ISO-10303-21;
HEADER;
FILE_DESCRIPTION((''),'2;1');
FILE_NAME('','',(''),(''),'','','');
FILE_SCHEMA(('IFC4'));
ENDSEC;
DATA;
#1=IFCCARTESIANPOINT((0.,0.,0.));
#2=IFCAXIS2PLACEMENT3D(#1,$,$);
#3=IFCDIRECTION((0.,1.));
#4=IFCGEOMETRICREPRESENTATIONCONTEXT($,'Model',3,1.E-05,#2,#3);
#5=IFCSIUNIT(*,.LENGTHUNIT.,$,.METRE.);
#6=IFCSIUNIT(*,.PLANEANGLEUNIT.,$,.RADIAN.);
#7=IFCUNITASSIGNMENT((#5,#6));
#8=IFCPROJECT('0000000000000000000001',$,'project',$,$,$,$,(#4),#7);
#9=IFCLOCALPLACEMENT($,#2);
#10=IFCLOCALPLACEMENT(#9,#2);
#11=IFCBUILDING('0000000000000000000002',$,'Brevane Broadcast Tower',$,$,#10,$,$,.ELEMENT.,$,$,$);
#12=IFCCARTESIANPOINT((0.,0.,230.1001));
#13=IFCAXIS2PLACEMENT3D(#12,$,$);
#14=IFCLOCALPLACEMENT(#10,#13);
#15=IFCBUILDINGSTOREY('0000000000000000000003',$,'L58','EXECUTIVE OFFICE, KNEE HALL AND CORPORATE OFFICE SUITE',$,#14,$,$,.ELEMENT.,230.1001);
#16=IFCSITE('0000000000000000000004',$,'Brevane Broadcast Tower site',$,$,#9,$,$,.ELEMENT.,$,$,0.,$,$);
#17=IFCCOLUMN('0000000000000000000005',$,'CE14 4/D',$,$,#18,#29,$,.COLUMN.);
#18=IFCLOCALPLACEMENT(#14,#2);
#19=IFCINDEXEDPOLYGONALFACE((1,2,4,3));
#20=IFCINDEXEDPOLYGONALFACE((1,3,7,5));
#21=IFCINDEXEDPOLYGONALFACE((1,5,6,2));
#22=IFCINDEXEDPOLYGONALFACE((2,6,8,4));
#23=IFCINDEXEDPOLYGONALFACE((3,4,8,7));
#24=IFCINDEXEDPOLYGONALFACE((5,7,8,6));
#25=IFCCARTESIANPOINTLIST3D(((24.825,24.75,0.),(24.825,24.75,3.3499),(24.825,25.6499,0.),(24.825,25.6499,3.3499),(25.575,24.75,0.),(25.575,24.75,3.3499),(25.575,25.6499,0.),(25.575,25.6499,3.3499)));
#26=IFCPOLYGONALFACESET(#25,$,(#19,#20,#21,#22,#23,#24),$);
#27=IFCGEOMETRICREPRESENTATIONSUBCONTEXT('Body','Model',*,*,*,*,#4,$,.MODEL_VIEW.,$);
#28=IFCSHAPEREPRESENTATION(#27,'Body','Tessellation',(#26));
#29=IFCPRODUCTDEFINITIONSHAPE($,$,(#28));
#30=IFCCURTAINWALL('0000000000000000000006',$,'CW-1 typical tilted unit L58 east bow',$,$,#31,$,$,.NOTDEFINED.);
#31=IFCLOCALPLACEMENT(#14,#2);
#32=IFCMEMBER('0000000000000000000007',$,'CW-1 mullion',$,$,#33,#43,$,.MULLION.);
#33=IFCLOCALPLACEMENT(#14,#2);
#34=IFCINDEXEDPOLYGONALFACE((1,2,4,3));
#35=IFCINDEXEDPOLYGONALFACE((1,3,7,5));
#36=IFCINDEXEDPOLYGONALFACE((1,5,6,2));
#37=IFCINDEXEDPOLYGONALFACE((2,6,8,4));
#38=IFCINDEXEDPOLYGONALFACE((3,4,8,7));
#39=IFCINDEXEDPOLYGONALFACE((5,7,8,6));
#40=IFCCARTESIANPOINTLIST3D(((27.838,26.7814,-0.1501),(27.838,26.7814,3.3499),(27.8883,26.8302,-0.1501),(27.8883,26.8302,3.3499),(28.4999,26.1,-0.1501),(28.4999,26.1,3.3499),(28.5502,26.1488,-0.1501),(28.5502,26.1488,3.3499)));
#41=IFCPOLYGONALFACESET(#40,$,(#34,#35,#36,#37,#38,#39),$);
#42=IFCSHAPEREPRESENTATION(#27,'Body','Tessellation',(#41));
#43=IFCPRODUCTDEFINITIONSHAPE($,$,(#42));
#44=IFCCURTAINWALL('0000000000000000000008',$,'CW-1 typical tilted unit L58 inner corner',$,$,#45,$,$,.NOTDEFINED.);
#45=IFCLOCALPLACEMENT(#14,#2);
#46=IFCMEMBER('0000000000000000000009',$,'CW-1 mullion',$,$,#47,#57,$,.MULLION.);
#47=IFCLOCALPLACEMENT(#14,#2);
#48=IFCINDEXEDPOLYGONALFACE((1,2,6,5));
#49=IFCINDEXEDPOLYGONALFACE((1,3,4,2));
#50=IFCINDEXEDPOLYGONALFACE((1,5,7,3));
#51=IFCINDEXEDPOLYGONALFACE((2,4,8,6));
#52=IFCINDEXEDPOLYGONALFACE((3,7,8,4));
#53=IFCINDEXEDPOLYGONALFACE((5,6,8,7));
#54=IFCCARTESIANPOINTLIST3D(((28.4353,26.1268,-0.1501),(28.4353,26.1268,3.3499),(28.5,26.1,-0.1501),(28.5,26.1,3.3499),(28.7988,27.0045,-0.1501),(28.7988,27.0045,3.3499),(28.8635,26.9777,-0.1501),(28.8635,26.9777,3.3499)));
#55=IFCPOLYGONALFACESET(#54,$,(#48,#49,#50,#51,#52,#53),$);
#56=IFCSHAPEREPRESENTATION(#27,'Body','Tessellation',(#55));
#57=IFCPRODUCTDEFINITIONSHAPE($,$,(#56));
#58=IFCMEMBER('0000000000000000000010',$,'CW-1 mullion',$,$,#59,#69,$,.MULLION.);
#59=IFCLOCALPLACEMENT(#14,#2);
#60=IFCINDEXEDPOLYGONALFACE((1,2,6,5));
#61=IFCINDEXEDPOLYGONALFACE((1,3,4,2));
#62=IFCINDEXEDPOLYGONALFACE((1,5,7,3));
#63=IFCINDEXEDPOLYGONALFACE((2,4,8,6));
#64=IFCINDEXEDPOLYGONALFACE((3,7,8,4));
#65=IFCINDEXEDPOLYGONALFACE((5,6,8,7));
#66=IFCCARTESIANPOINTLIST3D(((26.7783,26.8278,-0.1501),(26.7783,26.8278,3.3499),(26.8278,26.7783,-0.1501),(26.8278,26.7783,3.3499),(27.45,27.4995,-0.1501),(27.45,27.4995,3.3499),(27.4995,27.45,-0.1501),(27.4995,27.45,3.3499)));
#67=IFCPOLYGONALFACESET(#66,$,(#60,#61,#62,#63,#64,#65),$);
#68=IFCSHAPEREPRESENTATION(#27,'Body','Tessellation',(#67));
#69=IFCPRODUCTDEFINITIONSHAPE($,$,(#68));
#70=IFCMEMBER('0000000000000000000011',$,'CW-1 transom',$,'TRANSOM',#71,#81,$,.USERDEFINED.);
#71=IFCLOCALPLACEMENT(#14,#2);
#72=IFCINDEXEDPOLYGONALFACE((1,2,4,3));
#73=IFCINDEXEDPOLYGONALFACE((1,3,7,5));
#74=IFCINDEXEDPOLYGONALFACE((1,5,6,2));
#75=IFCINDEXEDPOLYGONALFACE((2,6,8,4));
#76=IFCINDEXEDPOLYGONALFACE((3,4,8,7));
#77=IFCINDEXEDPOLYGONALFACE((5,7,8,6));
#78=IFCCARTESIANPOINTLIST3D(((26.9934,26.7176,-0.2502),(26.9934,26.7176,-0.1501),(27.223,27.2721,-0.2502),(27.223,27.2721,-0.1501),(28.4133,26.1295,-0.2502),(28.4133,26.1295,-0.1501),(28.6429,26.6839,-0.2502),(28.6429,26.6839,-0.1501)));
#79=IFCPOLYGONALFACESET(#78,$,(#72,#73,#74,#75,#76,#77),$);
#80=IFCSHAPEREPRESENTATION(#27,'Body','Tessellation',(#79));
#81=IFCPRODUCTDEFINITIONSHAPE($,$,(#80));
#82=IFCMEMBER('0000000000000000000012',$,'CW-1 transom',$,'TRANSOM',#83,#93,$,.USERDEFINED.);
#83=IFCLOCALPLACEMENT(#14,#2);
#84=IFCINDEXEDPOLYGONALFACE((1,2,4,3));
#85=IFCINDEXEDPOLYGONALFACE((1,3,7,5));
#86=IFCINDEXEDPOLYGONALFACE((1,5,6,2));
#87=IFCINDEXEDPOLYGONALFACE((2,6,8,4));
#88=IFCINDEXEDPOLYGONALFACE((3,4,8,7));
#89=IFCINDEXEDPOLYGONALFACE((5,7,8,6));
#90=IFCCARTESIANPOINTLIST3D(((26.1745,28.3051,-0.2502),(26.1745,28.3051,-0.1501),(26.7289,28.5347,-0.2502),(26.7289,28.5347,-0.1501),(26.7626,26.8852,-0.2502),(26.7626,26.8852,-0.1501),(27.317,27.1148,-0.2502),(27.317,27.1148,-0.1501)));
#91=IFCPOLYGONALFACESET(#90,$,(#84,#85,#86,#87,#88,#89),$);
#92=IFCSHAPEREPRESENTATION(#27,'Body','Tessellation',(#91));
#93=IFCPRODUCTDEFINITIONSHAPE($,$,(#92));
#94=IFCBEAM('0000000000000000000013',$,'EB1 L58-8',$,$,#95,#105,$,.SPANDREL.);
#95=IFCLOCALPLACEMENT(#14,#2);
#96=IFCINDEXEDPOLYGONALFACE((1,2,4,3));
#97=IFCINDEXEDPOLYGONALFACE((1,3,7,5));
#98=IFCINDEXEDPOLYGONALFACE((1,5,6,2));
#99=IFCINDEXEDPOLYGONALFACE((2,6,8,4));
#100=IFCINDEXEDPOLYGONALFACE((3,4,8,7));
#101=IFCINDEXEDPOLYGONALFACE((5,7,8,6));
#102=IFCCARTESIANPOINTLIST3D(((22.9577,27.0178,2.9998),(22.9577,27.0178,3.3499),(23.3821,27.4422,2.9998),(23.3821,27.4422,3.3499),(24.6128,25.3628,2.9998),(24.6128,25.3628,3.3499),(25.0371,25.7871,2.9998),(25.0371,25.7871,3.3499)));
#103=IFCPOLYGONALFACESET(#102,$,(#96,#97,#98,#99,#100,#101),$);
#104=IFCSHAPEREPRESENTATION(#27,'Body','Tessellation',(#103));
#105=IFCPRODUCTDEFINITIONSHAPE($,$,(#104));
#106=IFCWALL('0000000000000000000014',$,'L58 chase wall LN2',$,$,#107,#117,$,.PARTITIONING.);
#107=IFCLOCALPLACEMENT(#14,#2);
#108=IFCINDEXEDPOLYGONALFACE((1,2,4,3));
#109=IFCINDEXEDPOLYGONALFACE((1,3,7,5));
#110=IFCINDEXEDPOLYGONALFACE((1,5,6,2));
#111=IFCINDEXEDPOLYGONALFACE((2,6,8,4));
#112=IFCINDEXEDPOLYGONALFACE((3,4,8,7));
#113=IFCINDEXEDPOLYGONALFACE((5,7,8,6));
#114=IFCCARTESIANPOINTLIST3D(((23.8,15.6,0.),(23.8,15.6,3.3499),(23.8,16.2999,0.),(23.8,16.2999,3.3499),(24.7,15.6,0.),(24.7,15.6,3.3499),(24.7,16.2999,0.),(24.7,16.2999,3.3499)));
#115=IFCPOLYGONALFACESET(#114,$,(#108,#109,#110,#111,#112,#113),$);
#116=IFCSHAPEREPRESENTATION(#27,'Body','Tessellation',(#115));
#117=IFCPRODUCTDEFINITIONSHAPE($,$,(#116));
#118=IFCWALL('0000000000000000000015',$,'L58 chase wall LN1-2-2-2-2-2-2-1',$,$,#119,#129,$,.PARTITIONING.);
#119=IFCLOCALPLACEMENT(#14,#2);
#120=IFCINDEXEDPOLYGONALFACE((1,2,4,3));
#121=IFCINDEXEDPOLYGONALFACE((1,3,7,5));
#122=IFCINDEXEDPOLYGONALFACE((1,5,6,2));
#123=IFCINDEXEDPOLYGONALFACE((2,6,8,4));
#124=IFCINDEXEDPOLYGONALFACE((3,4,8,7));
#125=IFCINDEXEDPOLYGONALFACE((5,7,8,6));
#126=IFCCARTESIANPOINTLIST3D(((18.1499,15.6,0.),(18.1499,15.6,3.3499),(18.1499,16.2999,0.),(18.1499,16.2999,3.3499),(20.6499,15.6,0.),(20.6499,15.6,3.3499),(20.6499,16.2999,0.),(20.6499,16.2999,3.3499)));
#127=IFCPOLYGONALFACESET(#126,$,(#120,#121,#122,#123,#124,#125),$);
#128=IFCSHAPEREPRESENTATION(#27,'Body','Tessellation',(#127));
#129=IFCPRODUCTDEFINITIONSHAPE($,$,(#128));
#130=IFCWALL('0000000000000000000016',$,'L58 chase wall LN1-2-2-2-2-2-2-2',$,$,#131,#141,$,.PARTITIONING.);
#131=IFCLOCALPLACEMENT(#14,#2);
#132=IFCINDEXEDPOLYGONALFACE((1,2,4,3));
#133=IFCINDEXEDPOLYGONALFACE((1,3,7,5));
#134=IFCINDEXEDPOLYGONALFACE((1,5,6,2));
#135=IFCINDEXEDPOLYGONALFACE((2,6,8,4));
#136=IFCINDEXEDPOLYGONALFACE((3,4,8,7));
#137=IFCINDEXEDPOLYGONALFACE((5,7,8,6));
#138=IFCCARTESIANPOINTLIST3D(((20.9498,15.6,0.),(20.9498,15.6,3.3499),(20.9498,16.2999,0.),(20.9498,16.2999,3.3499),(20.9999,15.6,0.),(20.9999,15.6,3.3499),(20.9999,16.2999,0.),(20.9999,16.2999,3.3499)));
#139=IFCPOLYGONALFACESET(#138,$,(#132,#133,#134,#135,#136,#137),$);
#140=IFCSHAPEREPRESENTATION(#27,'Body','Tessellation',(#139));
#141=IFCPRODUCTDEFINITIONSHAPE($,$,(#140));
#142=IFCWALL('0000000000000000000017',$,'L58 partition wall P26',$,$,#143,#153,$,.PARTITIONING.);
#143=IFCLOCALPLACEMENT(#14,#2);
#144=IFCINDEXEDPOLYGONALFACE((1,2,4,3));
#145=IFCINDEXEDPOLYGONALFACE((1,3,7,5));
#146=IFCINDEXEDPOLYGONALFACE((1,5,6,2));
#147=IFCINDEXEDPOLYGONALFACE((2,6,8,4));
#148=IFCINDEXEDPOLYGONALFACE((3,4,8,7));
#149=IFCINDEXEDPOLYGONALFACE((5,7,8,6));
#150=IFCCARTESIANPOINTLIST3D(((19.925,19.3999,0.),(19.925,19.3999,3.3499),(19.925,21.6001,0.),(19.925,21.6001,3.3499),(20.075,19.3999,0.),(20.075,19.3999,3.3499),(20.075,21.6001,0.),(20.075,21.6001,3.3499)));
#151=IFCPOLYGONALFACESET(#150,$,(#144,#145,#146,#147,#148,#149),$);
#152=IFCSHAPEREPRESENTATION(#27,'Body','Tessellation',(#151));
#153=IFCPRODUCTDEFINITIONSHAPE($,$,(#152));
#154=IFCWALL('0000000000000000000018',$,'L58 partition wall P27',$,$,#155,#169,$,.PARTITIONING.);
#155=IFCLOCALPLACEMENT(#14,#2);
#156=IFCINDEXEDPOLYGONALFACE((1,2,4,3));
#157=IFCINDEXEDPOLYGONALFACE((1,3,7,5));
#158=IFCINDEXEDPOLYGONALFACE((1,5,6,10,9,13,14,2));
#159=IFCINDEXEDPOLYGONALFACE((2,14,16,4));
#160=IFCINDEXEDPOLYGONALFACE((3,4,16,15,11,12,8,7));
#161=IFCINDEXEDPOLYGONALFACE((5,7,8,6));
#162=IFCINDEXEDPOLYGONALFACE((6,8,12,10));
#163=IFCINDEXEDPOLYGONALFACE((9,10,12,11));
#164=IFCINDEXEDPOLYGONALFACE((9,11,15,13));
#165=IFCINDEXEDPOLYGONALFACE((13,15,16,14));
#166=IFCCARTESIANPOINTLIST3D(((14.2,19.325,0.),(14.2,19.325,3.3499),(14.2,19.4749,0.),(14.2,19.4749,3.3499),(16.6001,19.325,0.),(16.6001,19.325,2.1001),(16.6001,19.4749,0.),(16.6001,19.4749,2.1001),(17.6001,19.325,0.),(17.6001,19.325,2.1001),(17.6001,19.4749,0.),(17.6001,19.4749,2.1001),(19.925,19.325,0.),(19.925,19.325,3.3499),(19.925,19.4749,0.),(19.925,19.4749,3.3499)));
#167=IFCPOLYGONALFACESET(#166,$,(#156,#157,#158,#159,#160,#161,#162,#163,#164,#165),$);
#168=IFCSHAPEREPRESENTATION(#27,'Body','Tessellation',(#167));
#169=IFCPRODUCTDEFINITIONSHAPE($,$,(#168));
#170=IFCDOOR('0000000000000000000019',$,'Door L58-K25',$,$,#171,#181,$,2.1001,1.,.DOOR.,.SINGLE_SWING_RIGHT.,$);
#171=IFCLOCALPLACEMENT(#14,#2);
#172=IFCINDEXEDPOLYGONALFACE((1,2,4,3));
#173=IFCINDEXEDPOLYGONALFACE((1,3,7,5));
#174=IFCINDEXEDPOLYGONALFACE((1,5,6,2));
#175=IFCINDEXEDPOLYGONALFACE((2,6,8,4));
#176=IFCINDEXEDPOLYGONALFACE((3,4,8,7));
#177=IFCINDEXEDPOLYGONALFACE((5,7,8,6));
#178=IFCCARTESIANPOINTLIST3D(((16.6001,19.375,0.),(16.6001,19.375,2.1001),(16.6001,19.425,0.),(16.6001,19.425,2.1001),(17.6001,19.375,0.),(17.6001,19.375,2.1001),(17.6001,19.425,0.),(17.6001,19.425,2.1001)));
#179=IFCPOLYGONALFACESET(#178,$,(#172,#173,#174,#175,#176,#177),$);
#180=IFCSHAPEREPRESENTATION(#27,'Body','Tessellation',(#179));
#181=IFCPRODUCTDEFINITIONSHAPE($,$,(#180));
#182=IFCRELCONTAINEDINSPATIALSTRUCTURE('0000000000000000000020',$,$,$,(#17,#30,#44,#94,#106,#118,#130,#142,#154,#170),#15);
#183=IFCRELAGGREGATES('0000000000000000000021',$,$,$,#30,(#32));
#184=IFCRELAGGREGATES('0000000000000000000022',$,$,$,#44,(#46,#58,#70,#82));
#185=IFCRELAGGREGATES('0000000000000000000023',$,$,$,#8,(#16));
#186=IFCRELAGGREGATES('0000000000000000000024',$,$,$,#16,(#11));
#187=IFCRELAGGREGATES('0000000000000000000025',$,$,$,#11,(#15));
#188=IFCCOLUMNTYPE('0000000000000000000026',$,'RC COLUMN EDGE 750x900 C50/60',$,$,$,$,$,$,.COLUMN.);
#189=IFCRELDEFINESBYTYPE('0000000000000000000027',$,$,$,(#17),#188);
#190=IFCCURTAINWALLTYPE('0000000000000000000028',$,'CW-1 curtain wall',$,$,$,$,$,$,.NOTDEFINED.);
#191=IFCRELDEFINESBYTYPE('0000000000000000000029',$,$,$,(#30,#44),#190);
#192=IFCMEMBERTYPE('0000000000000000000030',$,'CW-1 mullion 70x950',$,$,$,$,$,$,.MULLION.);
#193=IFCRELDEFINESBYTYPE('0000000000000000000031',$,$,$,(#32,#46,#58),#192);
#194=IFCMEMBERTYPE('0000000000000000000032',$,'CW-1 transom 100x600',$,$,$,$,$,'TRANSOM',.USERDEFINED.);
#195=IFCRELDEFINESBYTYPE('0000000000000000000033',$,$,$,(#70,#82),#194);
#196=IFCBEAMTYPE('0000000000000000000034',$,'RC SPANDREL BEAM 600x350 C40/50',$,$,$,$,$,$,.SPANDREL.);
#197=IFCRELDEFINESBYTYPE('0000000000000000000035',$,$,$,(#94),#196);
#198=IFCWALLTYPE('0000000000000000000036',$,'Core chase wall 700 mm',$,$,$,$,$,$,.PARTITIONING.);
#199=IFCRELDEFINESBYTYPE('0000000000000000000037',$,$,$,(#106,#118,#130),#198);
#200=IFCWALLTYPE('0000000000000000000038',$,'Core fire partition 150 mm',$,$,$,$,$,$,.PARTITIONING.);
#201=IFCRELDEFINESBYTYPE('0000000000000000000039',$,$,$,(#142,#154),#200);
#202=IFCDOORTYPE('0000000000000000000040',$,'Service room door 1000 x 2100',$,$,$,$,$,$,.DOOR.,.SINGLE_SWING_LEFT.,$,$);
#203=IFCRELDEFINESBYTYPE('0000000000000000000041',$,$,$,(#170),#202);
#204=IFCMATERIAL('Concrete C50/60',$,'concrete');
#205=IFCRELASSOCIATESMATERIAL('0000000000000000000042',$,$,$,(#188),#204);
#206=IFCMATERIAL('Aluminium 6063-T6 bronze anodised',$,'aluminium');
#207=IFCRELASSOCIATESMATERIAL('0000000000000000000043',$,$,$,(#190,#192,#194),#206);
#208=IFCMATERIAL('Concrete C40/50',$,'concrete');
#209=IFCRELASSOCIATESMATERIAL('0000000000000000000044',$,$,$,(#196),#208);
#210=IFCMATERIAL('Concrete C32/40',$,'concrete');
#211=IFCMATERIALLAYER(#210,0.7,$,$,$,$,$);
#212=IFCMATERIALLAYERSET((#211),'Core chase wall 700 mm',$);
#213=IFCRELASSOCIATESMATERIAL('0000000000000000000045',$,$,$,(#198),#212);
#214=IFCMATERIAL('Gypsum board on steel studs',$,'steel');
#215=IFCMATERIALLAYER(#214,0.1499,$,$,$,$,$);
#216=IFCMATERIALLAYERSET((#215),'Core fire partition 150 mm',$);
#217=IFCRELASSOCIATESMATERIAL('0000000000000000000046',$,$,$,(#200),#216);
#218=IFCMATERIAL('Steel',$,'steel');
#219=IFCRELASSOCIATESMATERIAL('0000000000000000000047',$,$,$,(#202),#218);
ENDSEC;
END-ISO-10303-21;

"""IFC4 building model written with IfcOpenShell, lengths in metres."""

from ifc_helpers import new_model, si_unit, direction, frame, frame_2d, origin, origin_2d, place, context, subcontext, project, spatial, rectangle, extrude, material, layer, layer_set, material_profile, profile_set, type_object, element, fill, aggregate, save


model = new_model("IFC4")

# Units and contexts
model_context = context("Model", 3, precision=1e-05, world=origin(), true_north=direction((0.0, 1.0)))
body_context = subcontext(model_context, "Body", "Model", "MODEL_VIEW")
ifc_project = project(units=[si_unit("LENGTHUNIT", "METRE"), si_unit("PLANEANGLEUNIT", "RADIAN")], contexts=[model_context])

# Site, building, storey
site_placement = place(None, origin())
site = spatial("IfcSite", under=ifc_project, at=site_placement, Name="Brevane Broadcast Tower site", CompositionType="ELEMENT", RefElevation=0.0)
building_placement = place(site_placement, origin())
building = spatial("IfcBuilding", under=site, at=building_placement, Name="Brevane Broadcast Tower", CompositionType="ELEMENT")
storey_placement = place(building_placement, frame((0.0, 0.0, 230.1001)))
storey = spatial("IfcBuildingStorey", under=building, at=storey_placement, Name="L58", Description="EXECUTIVE OFFICE, KNEE HALL AND CORPORATE OFFICE SUITE", CompositionType="ELEMENT", Elevation=230.1001)

# Column
ifc_material_1 = material(Name="Concrete C50/60", Category="concrete")
ifc_material_profile_1 = material_profile(ifc_material_1, rectangle(XDim=0.75, YDim=0.8999, at=origin_2d()), Name="RC 750x900")
ifc_profile_set_1 = profile_set([ifc_material_profile_1], Name="Concrete C50/60")
column_type = type_object("IfcColumnType", Name="RC COLUMN EDGE 750x900 C50/60", PredefinedType="COLUMN", material=ifc_profile_set_1)
column_placement = place(storey_placement, frame((25.2, 25.2, 0.0), z_axis=(0.0, 0.0, 1.0), x_axis=(1.0, 0.0, 0.0)))
element("IfcColumn", 1, at=column_placement, inside=storey, type_object=column_type, Name="CE14 4/D", PredefinedType="COLUMN", context=body_context, shape_type="SweptSolid", body=[
    extrude(rectangle(XDim=0.75, YDim=0.8999, at=origin_2d()), origin(), (0.0, 0.0, 1.0), 3.3499),
])

# Curtain wall, member
ifc_material_2 = material(Name="Aluminium 6063-T6 bronze anodised", Category="aluminium")
curtain_wall_type = type_object("IfcCurtainWallType", Name="CW-1 curtain wall", PredefinedType="NOTDEFINED", material=ifc_material_2)
curtain_wall_1_placement = place(storey_placement, origin())
curtain_wall_1 = element("IfcCurtainWall", 2, at=curtain_wall_1_placement, inside=storey, type_object=curtain_wall_type, Name="CW-1 typical tilted unit L58 east bow", PredefinedType="NOTDEFINED")
ifc_material_profile_2 = material_profile(ifc_material_2, rectangle(XDim=0.95, YDim=0.0701, at=origin_2d()), Name="RECT 70x950")
ifc_profile_set_2 = profile_set([ifc_material_profile_2], Name="Aluminium 6063-T6 bronze anodised")
member_type_1 = type_object("IfcMemberType", Name="CW-1 mullion 70x950", PredefinedType="MULLION", material=ifc_profile_set_2)
member_1_placement = place(storey_placement, frame((28.1941, 26.4651, -0.1501), z_axis=(0.0, 0.0, 1.0), x_axis=(0.696812, -0.717254, 0.0)))
member_1 = element("IfcMember", 3, at=member_1_placement, type_object=member_type_1, Name="CW-1 mullion", PredefinedType="MULLION", context=body_context, shape_type="SweptSolid", body=[
    extrude(rectangle(XDim=0.95, YDim=0.0701, at=origin_2d()), origin(), (0.0, 0.0, 1.0), 3.5),
])
aggregate(curtain_wall_1, [member_1])

# Curtain wall, members
curtain_wall_2_placement = place(storey_placement, origin())
curtain_wall_2 = element("IfcCurtainWall", 4, at=curtain_wall_2_placement, inside=storey, type_object=curtain_wall_type, Name="CW-1 typical tilted unit L58 inner corner", PredefinedType="NOTDEFINED")
member_2_placement = place(storey_placement, frame((28.6494, 26.5522, -0.1501), z_axis=(0.0, 0.0, 1.0), x_axis=(-0.382683, -0.92388, 0.0)))
member_2 = element("IfcMember", 5, at=member_2_placement, type_object=member_type_1, Name="CW-1 mullion", PredefinedType="MULLION", context=body_context, shape_type="SweptSolid", body=[
    extrude(rectangle(XDim=0.95, YDim=0.0701, at=origin_2d()), origin(), (0.0, 0.0, 1.0), 3.5),
])
member_3_placement = place(storey_placement, frame((27.1389, 27.1389, -0.1501), z_axis=(0.0, 0.0, 1.0), x_axis=(-0.707107, -0.707107, 0.0)))
member_3 = element("IfcMember", 6, at=member_3_placement, type_object=member_type_1, Name="CW-1 mullion", PredefinedType="MULLION", context=body_context, shape_type="SweptSolid", body=[
    extrude(rectangle(XDim=0.95, YDim=0.0701, at=origin_2d()), origin(), (0.0, 0.0, 1.0), 3.5),
])
ifc_material_profile_3 = material_profile(ifc_material_2, rectangle(XDim=0.6001, YDim=0.1001, at=origin_2d()), Name="RECT 100x600")
ifc_profile_set_3 = profile_set([ifc_material_profile_3], Name="Aluminium 6063-T6 bronze anodised")
member_type_2 = type_object("IfcMemberType", Name="CW-1 transom 100x600", ElementType="TRANSOM", PredefinedType="USERDEFINED", material=ifc_profile_set_3)
member_4_placement = place(storey_placement, frame((28.5281, 26.4067, -0.2002), z_axis=(-0.923883, 0.382674, 0.0), x_axis=(-0.382674, -0.923883, 0.0)))
member_4 = element("IfcMember", 7, at=member_4_placement, type_object=member_type_2, Name="CW-1 transom", ObjectType="TRANSOM", PredefinedType="USERDEFINED", context=body_context, shape_type="SweptSolid", body=[
    extrude(rectangle(XDim=0.6001, YDim=0.1001, at=origin_2d()), origin(), (0.0, 0.0, 1.0), 1.5369),
])
member_5_placement = place(storey_placement, frame((27.0398, 27.0, -0.2002), z_axis=(-0.382674, 0.923883, 0.0), x_axis=(-0.923883, -0.382674, 0.0)))
member_5 = element("IfcMember", 8, at=member_5_placement, type_object=member_type_2, Name="CW-1 transom", ObjectType="TRANSOM", PredefinedType="USERDEFINED", context=body_context, shape_type="SweptSolid", body=[
    extrude(rectangle(XDim=0.6001, YDim=0.1001, at=origin_2d()), origin(), (0.0, 0.0, 1.0), 1.5369),
])
aggregate(curtain_wall_2, [member_2, member_3, member_4, member_5])

# Beam
ifc_material_3 = material(Name="Concrete C40/50", Category="concrete")
ifc_material_profile_4 = material_profile(ifc_material_3, rectangle(XDim=0.6001, YDim=0.3501, at=origin_2d()), Name="RC 600x350")
ifc_profile_set_4 = profile_set([ifc_material_profile_4], Name="Concrete C40/50")
beam_type = type_object("IfcBeamType", Name="RC SPANDREL BEAM 600x350 C40/50", PredefinedType="SPANDREL", material=ifc_profile_set_4)
beam_placement = place(storey_placement, frame((24.825, 25.575, 3.1748), z_axis=(-0.707107, 0.707107, 0.0), x_axis=(-0.707107, -0.707107, 0.0)))
element("IfcBeam", 9, at=beam_placement, inside=storey, type_object=beam_type, Name="EB1 L58-8", PredefinedType="SPANDREL", context=body_context, shape_type="SweptSolid", body=[
    extrude(rectangle(XDim=0.6001, YDim=0.3501, at=origin_2d()), origin(), (0.0, 0.0, 1.0), 2.3406),
])

# Walls
ifc_material_4 = material(Name="Concrete C32/40", Category="concrete")
ifc_layer_1 = layer(ifc_material_4, 0.7)
ifc_layer_set_1 = layer_set([ifc_layer_1], Name="Core chase wall 700 mm")
wall_type_1 = type_object("IfcWallType", Name="Core chase wall 700 mm", PredefinedType="PARTITIONING", material=ifc_layer_set_1)
wall_1_placement = place(storey_placement, frame((23.8, 15.95, 0.0), z_axis=(0.0, 0.0, 1.0), x_axis=(1.0, 0.0, 0.0)))
element("IfcWall", 10, at=wall_1_placement, inside=storey, type_object=wall_type_1, Name="L58 chase wall LN2", PredefinedType="PARTITIONING", context=body_context, shape_type="SweptSolid", body=[
    extrude(rectangle(XDim=0.8999, YDim=0.7, at=frame_2d((0.45, 0.0))), origin(), (0.0, 0.0, 1.0), 3.3499),
])
wall_2_placement = place(storey_placement, frame((18.1499, 15.95, 0.0), z_axis=(0.0, 0.0, 1.0), x_axis=(1.0, 0.0, 0.0)))
element("IfcWall", 11, at=wall_2_placement, inside=storey, type_object=wall_type_1, Name="L58 chase wall LN1-2-2-2-2-2-2-1", PredefinedType="PARTITIONING", context=body_context, shape_type="SweptSolid", body=[
    extrude(rectangle(XDim=2.5, YDim=0.7, at=frame_2d((1.25, 0.0))), origin(), (0.0, 0.0, 1.0), 3.3499),
])
wall_3_placement = place(storey_placement, frame((20.95, 15.95, 0.0), z_axis=(0.0, 0.0, 1.0), x_axis=(1.0, 0.0, 0.0)))
element("IfcWall", 12, at=wall_3_placement, inside=storey, type_object=wall_type_1, Name="L58 chase wall LN1-2-2-2-2-2-2-2", PredefinedType="PARTITIONING", context=body_context, shape_type="SweptSolid", body=[
    extrude(rectangle(XDim=0.05, YDim=0.7, at=frame_2d((0.0249, 0.0))), origin(), (0.0, 0.0, 1.0), 3.3499),
])
ifc_material_5 = material(Name="Gypsum board on steel studs", Category="steel")
ifc_layer_2 = layer(ifc_material_5, 0.1499)
ifc_layer_set_2 = layer_set([ifc_layer_2], Name="Core fire partition 150 mm")
wall_type_2 = type_object("IfcWallType", Name="Core fire partition 150 mm", PredefinedType="PARTITIONING", material=ifc_layer_set_2)
wall_4_placement = place(storey_placement, frame((20.0, 21.6001, 0.0), z_axis=(0.0, 0.0, 1.0), x_axis=(0.0, -1.0, 0.0)))
element("IfcWall", 13, at=wall_4_placement, inside=storey, type_object=wall_type_2, Name="L58 partition wall P26", PredefinedType="PARTITIONING", context=body_context, shape_type="SweptSolid", body=[
    extrude(rectangle(XDim=2.2002, YDim=0.1499, at=frame_2d((1.1001, 0.0))), origin(), (0.0, 0.0, 1.0), 3.3499),
])

# Wall, opening, door
wall_5_placement = place(storey_placement, frame((19.925, 19.3999, 0.0), z_axis=(0.0, 0.0, 1.0), x_axis=(-1.0, 0.0, 0.0)))
wall_5 = element("IfcWall", 14, at=wall_5_placement, inside=storey, type_object=wall_type_2, Name="L58 partition wall P27", PredefinedType="PARTITIONING", context=body_context, shape_type="SweptSolid", body=[
    extrude(rectangle(XDim=5.7251, YDim=0.1499, at=frame_2d((2.8625, 0.0))), origin(), (0.0, 0.0, 1.0), 3.3499),
])
opening_1_placement = place(wall_5_placement, frame((2.325, 0.0, 0.0)))
opening_1 = element("IfcOpeningElement", 15, at=opening_1_placement, cuts=wall_5, PredefinedType="OPENING", context=body_context, shape_type="SweptSolid", body=[
    extrude(rectangle(XDim=1.0, YDim=2.1001, at=frame_2d((0.5, 1.05))), frame((0.0, 0.085, 0.0), z_axis=(0.0, -1.0, 0.0), x_axis=(1.0, 0.0, 0.0)), (0.0, 0.0, 1.0), 0.1699),
])
ifc_material_6 = material(Name="Steel", Category="steel")
door_type_1 = type_object("IfcDoorType", Name="Service room door 1000 x 2100", OperationType="SINGLE_SWING_LEFT", PredefinedType="DOOR", material=ifc_material_6)
door_1_placement = place(opening_1_placement, origin())
door_1 = element("IfcDoor", 16, at=door_1_placement, inside=storey, type_object=door_type_1, Name="Door L58-K25", OperationType="SINGLE_SWING_RIGHT", OverallHeight=2.1001, OverallWidth=1.0, PredefinedType="DOOR", context=body_context, shape_type="SweptSolid", body=[
    extrude(rectangle(XDim=1.0, YDim=2.1001, at=frame_2d((0.5, 1.05))), frame((0.0, 0.0249, 0.0), z_axis=(0.0, -1.0, 0.0), x_axis=(1.0, 0.0, 0.0)), (0.0, 0.0, 1.0), 0.05),
])
fill(opening_1, door_1)

save(model, "model.ifc")
